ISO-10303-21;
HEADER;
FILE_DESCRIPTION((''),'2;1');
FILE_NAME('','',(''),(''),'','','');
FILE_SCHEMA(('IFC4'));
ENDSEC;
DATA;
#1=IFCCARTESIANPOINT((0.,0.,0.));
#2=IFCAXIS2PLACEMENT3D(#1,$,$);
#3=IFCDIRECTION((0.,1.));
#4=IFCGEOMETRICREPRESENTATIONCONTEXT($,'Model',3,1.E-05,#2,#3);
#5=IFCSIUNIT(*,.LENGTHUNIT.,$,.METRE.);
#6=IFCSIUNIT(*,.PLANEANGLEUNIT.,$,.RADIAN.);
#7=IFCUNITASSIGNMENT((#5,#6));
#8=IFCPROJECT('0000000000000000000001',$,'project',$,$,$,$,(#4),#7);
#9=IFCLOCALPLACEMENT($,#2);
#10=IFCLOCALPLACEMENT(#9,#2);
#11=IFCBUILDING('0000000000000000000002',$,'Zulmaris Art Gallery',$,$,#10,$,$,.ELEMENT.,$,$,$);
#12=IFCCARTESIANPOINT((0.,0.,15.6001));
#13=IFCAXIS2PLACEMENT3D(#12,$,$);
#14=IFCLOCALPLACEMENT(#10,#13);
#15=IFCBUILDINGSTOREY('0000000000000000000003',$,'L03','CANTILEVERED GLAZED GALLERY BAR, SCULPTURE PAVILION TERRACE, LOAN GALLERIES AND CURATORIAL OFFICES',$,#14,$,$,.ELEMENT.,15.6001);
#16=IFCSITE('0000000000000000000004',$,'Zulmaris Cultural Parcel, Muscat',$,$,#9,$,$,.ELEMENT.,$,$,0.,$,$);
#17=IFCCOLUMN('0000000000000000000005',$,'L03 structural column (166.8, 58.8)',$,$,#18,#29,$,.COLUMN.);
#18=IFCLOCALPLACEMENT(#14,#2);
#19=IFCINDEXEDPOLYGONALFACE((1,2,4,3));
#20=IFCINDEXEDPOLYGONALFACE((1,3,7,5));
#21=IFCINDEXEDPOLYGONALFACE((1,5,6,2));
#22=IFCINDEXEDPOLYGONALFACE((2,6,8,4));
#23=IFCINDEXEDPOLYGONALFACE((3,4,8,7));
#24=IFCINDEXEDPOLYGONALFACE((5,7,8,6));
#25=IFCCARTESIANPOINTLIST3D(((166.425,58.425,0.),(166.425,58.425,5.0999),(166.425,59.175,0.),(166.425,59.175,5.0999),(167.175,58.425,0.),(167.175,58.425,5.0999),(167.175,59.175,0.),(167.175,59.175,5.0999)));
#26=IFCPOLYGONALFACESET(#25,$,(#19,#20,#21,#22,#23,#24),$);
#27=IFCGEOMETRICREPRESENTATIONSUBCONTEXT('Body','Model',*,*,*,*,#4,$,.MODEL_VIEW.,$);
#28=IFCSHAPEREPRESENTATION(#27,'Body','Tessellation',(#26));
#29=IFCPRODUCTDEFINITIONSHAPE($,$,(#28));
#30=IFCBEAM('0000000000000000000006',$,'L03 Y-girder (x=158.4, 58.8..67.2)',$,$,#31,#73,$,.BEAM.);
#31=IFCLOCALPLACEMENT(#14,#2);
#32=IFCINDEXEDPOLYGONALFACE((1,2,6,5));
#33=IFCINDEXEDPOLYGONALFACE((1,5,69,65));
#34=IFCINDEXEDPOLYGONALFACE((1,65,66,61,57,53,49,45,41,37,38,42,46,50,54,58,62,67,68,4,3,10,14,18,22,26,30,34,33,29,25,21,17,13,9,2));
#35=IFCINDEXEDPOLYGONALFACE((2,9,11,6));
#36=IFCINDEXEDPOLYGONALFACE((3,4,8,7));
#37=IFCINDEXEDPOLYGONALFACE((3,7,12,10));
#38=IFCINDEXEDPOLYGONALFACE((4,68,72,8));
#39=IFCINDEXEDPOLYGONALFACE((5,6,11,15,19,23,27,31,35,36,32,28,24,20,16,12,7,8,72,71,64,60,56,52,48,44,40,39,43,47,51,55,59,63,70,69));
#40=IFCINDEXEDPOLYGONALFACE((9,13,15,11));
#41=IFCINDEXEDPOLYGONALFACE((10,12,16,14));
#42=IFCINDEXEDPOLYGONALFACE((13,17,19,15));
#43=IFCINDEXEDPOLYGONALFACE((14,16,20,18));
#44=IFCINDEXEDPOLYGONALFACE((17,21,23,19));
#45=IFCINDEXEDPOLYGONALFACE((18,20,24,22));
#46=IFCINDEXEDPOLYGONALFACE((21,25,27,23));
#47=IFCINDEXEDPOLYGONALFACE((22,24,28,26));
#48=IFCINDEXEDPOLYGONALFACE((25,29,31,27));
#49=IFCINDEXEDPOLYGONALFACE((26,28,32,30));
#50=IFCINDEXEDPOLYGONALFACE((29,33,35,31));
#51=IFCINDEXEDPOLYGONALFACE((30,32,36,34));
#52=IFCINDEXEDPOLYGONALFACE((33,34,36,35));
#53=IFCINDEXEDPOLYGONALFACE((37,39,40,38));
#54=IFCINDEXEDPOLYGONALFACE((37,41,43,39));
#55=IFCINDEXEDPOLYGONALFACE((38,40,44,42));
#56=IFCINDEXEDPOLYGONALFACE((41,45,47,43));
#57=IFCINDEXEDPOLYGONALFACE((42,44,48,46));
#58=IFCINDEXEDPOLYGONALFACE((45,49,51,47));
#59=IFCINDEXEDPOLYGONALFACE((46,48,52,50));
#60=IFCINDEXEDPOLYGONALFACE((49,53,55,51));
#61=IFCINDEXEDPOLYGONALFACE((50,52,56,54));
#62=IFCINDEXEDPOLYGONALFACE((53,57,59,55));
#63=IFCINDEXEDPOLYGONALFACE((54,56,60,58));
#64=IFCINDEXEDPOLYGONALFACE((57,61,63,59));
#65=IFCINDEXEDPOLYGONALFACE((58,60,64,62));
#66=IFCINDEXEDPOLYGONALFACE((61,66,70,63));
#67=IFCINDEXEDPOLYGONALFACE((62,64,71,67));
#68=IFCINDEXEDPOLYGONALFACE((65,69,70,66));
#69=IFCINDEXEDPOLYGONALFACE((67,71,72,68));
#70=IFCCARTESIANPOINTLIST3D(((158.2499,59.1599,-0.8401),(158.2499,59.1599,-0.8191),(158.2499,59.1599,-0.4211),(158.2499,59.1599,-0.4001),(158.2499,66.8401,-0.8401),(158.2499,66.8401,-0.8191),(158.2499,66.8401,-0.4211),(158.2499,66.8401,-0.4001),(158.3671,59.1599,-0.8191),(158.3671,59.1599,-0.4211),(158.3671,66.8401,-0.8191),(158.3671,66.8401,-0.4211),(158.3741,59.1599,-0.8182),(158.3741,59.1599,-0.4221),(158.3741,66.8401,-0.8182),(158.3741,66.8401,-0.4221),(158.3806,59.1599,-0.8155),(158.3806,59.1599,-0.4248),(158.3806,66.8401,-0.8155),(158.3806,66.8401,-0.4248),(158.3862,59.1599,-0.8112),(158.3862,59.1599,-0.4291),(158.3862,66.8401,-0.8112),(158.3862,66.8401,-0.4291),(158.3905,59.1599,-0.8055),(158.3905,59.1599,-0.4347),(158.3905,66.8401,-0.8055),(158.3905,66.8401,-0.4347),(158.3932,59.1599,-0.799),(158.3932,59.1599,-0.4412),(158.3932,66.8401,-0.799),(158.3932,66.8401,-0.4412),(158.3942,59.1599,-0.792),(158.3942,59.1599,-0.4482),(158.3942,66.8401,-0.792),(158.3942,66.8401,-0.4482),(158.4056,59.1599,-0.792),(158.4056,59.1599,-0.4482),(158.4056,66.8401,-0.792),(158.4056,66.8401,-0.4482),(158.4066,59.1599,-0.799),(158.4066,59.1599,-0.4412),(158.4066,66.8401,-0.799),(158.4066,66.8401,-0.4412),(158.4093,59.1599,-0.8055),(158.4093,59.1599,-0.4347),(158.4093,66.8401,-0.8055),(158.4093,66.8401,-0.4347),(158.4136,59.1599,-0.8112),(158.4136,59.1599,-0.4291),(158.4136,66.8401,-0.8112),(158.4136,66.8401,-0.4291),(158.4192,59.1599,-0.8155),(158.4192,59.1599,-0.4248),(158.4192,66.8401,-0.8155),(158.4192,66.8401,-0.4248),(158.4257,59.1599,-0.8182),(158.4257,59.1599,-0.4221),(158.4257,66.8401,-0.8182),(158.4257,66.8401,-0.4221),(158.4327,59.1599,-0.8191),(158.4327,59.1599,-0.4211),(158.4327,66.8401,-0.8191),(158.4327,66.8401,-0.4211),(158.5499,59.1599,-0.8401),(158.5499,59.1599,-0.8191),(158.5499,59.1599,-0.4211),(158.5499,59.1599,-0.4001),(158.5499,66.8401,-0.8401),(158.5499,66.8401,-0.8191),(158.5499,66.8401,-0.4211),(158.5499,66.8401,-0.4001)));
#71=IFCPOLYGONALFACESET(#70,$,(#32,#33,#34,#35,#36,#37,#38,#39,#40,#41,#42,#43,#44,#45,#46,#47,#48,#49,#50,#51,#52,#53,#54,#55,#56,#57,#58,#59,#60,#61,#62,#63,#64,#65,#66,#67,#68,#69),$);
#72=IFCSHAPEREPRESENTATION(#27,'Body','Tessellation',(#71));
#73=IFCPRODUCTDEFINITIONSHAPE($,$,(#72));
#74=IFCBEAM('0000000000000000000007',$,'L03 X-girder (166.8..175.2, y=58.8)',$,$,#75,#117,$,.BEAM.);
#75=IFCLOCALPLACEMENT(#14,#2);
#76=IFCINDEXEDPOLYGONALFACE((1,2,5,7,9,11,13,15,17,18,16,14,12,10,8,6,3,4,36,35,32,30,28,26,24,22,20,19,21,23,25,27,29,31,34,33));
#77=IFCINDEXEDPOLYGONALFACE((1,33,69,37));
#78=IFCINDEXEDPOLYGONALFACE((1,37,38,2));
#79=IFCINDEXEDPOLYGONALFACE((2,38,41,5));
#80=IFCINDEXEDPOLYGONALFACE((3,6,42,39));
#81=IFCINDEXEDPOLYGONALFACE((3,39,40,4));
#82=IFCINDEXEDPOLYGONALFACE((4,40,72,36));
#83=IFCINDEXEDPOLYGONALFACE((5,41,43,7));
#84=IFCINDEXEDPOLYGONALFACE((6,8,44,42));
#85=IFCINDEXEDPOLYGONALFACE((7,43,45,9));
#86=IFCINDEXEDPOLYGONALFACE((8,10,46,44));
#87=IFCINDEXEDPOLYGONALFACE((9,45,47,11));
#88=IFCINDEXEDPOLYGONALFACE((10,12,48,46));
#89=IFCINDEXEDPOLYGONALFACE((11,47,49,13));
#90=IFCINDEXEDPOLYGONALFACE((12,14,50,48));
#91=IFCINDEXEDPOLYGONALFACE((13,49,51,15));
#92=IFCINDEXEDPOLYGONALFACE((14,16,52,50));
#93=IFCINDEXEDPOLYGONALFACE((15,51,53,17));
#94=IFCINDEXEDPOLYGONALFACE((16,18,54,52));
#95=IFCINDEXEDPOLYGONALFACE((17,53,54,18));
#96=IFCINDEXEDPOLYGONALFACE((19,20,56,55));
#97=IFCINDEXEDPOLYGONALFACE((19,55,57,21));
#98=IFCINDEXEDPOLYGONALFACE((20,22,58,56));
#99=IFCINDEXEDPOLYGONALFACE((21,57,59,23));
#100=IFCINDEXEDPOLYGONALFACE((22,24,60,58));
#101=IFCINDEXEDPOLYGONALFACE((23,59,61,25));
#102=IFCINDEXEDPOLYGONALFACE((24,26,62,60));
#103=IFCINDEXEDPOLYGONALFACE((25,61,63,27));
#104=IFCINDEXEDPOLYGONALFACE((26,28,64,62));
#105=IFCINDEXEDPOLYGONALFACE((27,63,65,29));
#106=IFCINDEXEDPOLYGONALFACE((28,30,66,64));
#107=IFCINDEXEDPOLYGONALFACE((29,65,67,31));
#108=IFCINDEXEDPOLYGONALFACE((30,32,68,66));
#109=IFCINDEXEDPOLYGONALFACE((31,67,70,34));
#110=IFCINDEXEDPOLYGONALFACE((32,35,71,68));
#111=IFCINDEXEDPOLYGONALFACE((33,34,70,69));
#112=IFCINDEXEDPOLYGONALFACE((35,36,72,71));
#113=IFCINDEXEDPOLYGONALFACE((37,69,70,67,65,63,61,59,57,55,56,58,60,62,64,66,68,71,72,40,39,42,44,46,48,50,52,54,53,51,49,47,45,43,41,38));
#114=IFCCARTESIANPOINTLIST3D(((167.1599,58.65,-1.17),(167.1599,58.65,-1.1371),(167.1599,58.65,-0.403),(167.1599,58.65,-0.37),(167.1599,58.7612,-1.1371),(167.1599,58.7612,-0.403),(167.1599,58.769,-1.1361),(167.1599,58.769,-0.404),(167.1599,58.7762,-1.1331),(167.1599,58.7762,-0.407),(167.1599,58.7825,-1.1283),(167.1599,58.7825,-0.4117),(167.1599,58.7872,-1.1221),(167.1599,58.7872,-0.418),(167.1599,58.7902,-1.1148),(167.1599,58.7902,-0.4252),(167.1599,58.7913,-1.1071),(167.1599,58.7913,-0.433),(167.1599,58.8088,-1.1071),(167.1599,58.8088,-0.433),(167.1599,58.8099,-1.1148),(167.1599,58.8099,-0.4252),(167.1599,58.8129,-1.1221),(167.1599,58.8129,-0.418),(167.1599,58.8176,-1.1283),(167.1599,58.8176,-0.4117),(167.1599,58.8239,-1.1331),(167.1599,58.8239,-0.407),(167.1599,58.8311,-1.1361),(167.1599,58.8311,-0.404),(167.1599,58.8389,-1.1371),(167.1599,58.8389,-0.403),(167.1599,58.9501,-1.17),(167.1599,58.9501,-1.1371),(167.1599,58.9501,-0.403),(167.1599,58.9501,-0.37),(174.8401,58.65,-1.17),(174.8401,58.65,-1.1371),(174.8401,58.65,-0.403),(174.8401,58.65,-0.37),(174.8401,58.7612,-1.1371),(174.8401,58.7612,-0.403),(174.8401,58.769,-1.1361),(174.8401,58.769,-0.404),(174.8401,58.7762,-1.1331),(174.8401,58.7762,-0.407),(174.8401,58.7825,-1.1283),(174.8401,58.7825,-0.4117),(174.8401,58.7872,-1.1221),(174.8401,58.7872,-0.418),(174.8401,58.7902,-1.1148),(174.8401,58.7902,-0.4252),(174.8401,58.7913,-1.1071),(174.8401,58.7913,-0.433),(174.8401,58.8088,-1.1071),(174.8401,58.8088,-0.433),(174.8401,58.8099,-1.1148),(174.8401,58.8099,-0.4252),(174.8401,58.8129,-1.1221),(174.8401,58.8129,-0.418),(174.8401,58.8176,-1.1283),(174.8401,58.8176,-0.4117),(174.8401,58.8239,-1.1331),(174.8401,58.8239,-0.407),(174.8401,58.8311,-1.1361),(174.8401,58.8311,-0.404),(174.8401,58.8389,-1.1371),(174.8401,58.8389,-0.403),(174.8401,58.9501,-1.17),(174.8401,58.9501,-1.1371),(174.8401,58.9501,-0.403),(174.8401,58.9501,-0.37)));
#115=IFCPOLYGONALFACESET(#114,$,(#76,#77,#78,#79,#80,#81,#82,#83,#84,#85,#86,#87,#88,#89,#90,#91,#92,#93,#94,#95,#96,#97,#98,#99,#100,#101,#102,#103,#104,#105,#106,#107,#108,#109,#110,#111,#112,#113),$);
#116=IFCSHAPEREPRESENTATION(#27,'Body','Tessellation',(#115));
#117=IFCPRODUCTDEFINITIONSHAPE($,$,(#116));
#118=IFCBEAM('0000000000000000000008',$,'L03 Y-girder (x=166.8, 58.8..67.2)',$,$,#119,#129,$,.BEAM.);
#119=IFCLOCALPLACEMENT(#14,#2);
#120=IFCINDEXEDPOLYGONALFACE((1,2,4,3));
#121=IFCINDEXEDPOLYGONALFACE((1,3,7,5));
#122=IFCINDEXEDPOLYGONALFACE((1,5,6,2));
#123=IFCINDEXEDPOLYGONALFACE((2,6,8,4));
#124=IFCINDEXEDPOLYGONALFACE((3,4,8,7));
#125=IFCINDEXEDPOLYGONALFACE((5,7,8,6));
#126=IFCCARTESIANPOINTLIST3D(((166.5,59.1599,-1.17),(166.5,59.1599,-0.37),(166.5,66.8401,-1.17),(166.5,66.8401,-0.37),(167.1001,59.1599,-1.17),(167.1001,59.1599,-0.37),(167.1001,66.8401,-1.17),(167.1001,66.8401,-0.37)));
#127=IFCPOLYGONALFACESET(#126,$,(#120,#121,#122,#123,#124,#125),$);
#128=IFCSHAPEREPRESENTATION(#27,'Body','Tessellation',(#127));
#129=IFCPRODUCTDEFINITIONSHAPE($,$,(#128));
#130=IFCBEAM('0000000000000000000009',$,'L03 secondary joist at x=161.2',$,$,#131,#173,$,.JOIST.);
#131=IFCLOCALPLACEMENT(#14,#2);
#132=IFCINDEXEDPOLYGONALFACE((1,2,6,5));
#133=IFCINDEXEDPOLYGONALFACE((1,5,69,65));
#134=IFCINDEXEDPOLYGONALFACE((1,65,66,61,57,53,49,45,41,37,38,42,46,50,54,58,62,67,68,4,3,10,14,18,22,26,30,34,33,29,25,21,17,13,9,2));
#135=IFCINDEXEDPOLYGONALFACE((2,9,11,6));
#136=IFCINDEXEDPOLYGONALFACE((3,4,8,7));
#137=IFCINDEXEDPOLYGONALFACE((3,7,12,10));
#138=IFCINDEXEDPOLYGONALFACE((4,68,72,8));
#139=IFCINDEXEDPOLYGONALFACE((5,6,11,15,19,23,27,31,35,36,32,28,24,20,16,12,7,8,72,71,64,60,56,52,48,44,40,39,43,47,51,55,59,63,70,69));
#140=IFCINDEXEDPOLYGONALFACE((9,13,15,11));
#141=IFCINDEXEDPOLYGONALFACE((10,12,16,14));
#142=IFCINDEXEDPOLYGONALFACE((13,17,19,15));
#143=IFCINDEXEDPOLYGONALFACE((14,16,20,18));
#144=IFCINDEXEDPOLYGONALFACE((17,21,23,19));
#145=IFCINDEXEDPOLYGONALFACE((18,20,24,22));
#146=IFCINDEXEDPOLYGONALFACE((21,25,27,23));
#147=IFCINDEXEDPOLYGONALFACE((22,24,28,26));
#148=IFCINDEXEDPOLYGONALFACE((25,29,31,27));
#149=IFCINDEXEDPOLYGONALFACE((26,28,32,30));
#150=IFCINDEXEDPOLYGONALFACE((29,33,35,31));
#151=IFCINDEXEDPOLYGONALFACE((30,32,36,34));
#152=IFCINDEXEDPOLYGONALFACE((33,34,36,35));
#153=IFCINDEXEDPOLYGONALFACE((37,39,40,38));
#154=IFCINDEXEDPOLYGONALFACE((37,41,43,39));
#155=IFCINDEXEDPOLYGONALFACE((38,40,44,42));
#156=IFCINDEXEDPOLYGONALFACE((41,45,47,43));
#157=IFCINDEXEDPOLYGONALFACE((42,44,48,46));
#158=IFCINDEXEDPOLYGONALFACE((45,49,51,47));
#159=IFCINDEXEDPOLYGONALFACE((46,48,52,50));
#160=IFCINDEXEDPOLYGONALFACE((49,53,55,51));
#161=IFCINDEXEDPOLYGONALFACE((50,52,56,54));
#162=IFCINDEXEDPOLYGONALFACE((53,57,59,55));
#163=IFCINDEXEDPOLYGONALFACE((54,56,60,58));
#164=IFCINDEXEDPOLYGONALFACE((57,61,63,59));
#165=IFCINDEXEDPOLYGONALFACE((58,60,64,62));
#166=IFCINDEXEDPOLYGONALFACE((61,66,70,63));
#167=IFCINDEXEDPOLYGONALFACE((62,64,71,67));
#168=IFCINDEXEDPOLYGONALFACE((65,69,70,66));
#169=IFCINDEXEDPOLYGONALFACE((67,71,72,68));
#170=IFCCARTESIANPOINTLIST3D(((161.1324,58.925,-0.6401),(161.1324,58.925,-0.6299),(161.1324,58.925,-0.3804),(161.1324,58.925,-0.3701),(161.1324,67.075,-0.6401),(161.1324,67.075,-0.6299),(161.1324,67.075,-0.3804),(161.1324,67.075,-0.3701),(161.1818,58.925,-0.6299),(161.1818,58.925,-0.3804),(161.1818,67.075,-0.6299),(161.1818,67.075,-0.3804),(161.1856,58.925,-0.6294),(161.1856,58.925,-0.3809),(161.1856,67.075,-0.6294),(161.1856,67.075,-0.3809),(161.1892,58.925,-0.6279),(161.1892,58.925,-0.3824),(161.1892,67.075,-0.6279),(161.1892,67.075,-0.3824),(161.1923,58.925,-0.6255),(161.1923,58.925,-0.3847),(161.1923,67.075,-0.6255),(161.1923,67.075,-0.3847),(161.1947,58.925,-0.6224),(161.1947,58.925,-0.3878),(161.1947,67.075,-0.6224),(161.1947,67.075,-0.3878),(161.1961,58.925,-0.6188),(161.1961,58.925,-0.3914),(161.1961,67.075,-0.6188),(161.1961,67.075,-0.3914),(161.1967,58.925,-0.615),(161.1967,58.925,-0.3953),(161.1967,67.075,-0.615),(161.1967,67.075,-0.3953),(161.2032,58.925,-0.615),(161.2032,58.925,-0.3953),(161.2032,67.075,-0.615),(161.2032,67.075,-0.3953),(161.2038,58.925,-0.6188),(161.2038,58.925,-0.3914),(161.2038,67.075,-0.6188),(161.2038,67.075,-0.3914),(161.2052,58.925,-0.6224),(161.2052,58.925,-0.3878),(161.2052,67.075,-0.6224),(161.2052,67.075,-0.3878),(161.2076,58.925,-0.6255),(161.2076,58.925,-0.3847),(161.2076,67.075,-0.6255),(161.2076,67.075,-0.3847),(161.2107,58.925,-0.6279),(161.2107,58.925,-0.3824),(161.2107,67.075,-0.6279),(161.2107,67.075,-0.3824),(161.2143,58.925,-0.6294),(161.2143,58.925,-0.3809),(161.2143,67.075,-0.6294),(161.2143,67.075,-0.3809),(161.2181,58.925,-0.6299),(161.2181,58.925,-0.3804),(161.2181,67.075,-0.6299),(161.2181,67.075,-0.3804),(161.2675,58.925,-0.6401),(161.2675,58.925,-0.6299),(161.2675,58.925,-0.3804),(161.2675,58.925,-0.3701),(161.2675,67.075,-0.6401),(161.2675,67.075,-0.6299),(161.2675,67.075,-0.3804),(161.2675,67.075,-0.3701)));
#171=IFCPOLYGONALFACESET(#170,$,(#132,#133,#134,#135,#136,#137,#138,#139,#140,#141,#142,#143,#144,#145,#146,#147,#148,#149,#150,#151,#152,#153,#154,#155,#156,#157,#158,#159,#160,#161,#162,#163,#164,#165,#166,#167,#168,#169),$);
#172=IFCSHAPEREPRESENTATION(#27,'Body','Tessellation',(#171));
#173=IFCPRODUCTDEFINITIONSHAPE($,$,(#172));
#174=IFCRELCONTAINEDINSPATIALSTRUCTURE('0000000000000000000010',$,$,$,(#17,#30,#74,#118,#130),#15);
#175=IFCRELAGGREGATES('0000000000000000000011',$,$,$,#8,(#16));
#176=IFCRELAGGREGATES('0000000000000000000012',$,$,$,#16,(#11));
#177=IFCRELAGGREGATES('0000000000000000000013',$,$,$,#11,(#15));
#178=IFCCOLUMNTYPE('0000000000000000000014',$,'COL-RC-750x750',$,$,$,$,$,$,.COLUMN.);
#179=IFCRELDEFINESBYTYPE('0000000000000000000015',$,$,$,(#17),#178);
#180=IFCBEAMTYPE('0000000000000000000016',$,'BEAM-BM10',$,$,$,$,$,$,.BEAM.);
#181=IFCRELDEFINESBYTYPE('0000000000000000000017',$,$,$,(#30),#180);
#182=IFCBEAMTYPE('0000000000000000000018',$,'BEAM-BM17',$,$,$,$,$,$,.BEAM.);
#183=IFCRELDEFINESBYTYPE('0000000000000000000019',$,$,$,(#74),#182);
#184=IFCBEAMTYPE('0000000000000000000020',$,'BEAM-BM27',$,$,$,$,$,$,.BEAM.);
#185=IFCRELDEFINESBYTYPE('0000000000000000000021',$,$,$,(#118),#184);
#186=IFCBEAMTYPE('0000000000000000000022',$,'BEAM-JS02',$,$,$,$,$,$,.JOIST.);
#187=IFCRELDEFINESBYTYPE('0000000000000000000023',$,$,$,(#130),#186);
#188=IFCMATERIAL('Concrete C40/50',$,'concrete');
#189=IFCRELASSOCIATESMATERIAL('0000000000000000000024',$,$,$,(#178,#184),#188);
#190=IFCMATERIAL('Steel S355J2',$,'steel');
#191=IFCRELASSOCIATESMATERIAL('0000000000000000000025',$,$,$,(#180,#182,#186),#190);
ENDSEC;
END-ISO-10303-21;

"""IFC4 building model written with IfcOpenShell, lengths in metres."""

from ifc_helpers import new_model, si_unit, direction, frame, origin, origin_2d, place, context, subcontext, project, spatial, rectangle, i_section, extrude, material, material_profile, profile_set, type_object, element, save


model = new_model("IFC4")

# Units and contexts
model_context = context("Model", 3, precision=1e-05, world=origin(), true_north=direction((0.0, 1.0)))
body_context = subcontext(model_context, "Body", "Model", "MODEL_VIEW")
ifc_project = project(units=[si_unit("LENGTHUNIT", "METRE"), si_unit("PLANEANGLEUNIT", "RADIAN")], contexts=[model_context])

# Site, building, storey
site_placement = place(None, origin())
site = spatial("IfcSite", under=ifc_project, at=site_placement, Name="Zulmaris Cultural Parcel, Muscat", CompositionType="ELEMENT", RefElevation=0.0)
building_placement = place(site_placement, origin())
building = spatial("IfcBuilding", under=site, at=building_placement, Name="Zulmaris Art Gallery", CompositionType="ELEMENT")
storey_placement = place(building_placement, frame((0.0, 0.0, 15.6001)))
storey = spatial("IfcBuildingStorey", under=building, at=storey_placement, Name="L03", Description="CANTILEVERED GLAZED GALLERY BAR, SCULPTURE PAVILION TERRACE, LOAN GALLERIES AND CURATORIAL OFFICES", CompositionType="ELEMENT", Elevation=15.6001)

# Column
ifc_material_1 = material(Name="Concrete C40/50", Category="concrete")
ifc_material_profile_1 = material_profile(ifc_material_1, rectangle(XDim=0.75, YDim=0.75, at=origin_2d()), Name="RC 750x750")
ifc_profile_set_1 = profile_set([ifc_material_profile_1], Name="Concrete C40/50")
column_type = type_object("IfcColumnType", Name="COL-RC-750x750", PredefinedType="COLUMN", material=ifc_profile_set_1)
column_placement = place(storey_placement, frame((166.8, 58.8, 0.0), z_axis=(0.0, 0.0, 1.0), x_axis=(1.0, 0.0, 0.0)))
element("IfcColumn", 1, at=column_placement, inside=storey, type_object=column_type, Name="L03 structural column (166.8, 58.8)", PredefinedType="COLUMN", context=body_context, shape_type="SweptSolid", body=[
    extrude(rectangle(XDim=0.75, YDim=0.75, at=origin_2d()), origin(), (0.0, 0.0, 1.0), 5.0999),
])

# Beams
ifc_material_2 = material(Name="Steel S355J2", Category="steel")
ifc_material_profile_2 = material_profile(ifc_material_2, i_section(OverallWidth=0.3, OverallDepth=0.4399, WebThickness=0.0115, FlangeThickness=0.021, FilletRadius=0.0271, at=origin_2d()), Name="HEA 450")
ifc_profile_set_2 = profile_set([ifc_material_profile_2], Name="Steel S355J2")
beam_type_1 = type_object("IfcBeamType", Name="BEAM-BM10", PredefinedType="BEAM", material=ifc_profile_set_2)
beam_1_placement = place(storey_placement, frame((158.3999, 59.1599, -0.6201), z_axis=(0.0, 1.0, 0.0), x_axis=(-1.0, 0.0, 0.0)))
element("IfcBeam", 2, at=beam_1_placement, inside=storey, type_object=beam_type_1, Name="L03 Y-girder (x=158.4, 58.8..67.2)", PredefinedType="BEAM", context=body_context, shape_type="SweptSolid", body=[
    extrude(i_section(OverallWidth=0.3, OverallDepth=0.4399, WebThickness=0.0115, FlangeThickness=0.021, FilletRadius=0.0271, at=origin_2d()), origin(), (0.0, 0.0, 1.0), 7.6802),
])
ifc_material_profile_3 = material_profile(ifc_material_2, i_section(OverallWidth=0.3, OverallDepth=0.8, WebThickness=0.0176, FlangeThickness=0.033, FilletRadius=0.03, at=origin_2d()), Name="HEB 800")
ifc_profile_set_3 = profile_set([ifc_material_profile_3], Name="Steel S355J2")
beam_type_2 = type_object("IfcBeamType", Name="BEAM-BM17", PredefinedType="BEAM", material=ifc_profile_set_3)
beam_2_placement = place(storey_placement, frame((167.1599, 58.8, -0.77), z_axis=(1.0, 0.0, 0.0), x_axis=(0.0, 1.0, 0.0)))
element("IfcBeam", 3, at=beam_2_placement, inside=storey, type_object=beam_type_2, Name="L03 X-girder (166.8..175.2, y=58.8)", PredefinedType="BEAM", context=body_context, shape_type="SweptSolid", body=[
    extrude(i_section(OverallWidth=0.3, OverallDepth=0.8, WebThickness=0.0176, FlangeThickness=0.033, FilletRadius=0.03, at=origin_2d()), origin(), (0.0, 0.0, 1.0), 7.6802),
])
ifc_material_profile_4 = material_profile(ifc_material_1, rectangle(XDim=0.6001, YDim=0.8, at=origin_2d()), Name="RC 600x800")
ifc_profile_set_4 = profile_set([ifc_material_profile_4], Name="Concrete C40/50")
beam_type_3 = type_object("IfcBeamType", Name="BEAM-BM27", PredefinedType="BEAM", material=ifc_profile_set_4)
beam_3_placement = place(storey_placement, frame((166.8, 59.1599, -0.77), z_axis=(0.0, 1.0, 0.0), x_axis=(-1.0, 0.0, 0.0)))
element("IfcBeam", 4, at=beam_3_placement, inside=storey, type_object=beam_type_3, Name="L03 Y-girder (x=166.8, 58.8..67.2)", PredefinedType="BEAM", context=body_context, shape_type="SweptSolid", body=[
    extrude(rectangle(XDim=0.6001, YDim=0.8, at=origin_2d()), origin(), (0.0, 0.0, 1.0), 7.6802),
])
ifc_material_profile_5 = material_profile(ifc_material_2, i_section(OverallWidth=0.135, OverallDepth=0.27, WebThickness=0.0066, FlangeThickness=0.0103, FilletRadius=0.0149, at=origin_2d()), Name="IPE 270")
ifc_profile_set_5 = profile_set([ifc_material_profile_5], Name="Steel S355J2")
beam_type_4 = type_object("IfcBeamType", Name="BEAM-JS02", PredefinedType="JOIST", material=ifc_profile_set_5)
for number, where, z_axis, x_axis, name in (
    (5, (161.2, 58.925, -0.5051), (0.0, 1.0, 0.0), (-1.0, 0.0, 0.0), "L03 secondary joist at x=161.2"),
):
    element("IfcBeam", number, at=place(storey_placement, frame(where, z_axis=z_axis, x_axis=x_axis)), inside=storey, type_object=beam_type_4, Name=name, PredefinedType="JOIST", context=body_context, shape_type="SweptSolid", body=[
        extrude(i_section(OverallWidth=0.135, OverallDepth=0.27, WebThickness=0.0066, FlangeThickness=0.0103, FilletRadius=0.0149, at=origin_2d()), origin(), (0.0, 0.0, 1.0), 8.1499),
    ])

save(model, "model.ifc")
